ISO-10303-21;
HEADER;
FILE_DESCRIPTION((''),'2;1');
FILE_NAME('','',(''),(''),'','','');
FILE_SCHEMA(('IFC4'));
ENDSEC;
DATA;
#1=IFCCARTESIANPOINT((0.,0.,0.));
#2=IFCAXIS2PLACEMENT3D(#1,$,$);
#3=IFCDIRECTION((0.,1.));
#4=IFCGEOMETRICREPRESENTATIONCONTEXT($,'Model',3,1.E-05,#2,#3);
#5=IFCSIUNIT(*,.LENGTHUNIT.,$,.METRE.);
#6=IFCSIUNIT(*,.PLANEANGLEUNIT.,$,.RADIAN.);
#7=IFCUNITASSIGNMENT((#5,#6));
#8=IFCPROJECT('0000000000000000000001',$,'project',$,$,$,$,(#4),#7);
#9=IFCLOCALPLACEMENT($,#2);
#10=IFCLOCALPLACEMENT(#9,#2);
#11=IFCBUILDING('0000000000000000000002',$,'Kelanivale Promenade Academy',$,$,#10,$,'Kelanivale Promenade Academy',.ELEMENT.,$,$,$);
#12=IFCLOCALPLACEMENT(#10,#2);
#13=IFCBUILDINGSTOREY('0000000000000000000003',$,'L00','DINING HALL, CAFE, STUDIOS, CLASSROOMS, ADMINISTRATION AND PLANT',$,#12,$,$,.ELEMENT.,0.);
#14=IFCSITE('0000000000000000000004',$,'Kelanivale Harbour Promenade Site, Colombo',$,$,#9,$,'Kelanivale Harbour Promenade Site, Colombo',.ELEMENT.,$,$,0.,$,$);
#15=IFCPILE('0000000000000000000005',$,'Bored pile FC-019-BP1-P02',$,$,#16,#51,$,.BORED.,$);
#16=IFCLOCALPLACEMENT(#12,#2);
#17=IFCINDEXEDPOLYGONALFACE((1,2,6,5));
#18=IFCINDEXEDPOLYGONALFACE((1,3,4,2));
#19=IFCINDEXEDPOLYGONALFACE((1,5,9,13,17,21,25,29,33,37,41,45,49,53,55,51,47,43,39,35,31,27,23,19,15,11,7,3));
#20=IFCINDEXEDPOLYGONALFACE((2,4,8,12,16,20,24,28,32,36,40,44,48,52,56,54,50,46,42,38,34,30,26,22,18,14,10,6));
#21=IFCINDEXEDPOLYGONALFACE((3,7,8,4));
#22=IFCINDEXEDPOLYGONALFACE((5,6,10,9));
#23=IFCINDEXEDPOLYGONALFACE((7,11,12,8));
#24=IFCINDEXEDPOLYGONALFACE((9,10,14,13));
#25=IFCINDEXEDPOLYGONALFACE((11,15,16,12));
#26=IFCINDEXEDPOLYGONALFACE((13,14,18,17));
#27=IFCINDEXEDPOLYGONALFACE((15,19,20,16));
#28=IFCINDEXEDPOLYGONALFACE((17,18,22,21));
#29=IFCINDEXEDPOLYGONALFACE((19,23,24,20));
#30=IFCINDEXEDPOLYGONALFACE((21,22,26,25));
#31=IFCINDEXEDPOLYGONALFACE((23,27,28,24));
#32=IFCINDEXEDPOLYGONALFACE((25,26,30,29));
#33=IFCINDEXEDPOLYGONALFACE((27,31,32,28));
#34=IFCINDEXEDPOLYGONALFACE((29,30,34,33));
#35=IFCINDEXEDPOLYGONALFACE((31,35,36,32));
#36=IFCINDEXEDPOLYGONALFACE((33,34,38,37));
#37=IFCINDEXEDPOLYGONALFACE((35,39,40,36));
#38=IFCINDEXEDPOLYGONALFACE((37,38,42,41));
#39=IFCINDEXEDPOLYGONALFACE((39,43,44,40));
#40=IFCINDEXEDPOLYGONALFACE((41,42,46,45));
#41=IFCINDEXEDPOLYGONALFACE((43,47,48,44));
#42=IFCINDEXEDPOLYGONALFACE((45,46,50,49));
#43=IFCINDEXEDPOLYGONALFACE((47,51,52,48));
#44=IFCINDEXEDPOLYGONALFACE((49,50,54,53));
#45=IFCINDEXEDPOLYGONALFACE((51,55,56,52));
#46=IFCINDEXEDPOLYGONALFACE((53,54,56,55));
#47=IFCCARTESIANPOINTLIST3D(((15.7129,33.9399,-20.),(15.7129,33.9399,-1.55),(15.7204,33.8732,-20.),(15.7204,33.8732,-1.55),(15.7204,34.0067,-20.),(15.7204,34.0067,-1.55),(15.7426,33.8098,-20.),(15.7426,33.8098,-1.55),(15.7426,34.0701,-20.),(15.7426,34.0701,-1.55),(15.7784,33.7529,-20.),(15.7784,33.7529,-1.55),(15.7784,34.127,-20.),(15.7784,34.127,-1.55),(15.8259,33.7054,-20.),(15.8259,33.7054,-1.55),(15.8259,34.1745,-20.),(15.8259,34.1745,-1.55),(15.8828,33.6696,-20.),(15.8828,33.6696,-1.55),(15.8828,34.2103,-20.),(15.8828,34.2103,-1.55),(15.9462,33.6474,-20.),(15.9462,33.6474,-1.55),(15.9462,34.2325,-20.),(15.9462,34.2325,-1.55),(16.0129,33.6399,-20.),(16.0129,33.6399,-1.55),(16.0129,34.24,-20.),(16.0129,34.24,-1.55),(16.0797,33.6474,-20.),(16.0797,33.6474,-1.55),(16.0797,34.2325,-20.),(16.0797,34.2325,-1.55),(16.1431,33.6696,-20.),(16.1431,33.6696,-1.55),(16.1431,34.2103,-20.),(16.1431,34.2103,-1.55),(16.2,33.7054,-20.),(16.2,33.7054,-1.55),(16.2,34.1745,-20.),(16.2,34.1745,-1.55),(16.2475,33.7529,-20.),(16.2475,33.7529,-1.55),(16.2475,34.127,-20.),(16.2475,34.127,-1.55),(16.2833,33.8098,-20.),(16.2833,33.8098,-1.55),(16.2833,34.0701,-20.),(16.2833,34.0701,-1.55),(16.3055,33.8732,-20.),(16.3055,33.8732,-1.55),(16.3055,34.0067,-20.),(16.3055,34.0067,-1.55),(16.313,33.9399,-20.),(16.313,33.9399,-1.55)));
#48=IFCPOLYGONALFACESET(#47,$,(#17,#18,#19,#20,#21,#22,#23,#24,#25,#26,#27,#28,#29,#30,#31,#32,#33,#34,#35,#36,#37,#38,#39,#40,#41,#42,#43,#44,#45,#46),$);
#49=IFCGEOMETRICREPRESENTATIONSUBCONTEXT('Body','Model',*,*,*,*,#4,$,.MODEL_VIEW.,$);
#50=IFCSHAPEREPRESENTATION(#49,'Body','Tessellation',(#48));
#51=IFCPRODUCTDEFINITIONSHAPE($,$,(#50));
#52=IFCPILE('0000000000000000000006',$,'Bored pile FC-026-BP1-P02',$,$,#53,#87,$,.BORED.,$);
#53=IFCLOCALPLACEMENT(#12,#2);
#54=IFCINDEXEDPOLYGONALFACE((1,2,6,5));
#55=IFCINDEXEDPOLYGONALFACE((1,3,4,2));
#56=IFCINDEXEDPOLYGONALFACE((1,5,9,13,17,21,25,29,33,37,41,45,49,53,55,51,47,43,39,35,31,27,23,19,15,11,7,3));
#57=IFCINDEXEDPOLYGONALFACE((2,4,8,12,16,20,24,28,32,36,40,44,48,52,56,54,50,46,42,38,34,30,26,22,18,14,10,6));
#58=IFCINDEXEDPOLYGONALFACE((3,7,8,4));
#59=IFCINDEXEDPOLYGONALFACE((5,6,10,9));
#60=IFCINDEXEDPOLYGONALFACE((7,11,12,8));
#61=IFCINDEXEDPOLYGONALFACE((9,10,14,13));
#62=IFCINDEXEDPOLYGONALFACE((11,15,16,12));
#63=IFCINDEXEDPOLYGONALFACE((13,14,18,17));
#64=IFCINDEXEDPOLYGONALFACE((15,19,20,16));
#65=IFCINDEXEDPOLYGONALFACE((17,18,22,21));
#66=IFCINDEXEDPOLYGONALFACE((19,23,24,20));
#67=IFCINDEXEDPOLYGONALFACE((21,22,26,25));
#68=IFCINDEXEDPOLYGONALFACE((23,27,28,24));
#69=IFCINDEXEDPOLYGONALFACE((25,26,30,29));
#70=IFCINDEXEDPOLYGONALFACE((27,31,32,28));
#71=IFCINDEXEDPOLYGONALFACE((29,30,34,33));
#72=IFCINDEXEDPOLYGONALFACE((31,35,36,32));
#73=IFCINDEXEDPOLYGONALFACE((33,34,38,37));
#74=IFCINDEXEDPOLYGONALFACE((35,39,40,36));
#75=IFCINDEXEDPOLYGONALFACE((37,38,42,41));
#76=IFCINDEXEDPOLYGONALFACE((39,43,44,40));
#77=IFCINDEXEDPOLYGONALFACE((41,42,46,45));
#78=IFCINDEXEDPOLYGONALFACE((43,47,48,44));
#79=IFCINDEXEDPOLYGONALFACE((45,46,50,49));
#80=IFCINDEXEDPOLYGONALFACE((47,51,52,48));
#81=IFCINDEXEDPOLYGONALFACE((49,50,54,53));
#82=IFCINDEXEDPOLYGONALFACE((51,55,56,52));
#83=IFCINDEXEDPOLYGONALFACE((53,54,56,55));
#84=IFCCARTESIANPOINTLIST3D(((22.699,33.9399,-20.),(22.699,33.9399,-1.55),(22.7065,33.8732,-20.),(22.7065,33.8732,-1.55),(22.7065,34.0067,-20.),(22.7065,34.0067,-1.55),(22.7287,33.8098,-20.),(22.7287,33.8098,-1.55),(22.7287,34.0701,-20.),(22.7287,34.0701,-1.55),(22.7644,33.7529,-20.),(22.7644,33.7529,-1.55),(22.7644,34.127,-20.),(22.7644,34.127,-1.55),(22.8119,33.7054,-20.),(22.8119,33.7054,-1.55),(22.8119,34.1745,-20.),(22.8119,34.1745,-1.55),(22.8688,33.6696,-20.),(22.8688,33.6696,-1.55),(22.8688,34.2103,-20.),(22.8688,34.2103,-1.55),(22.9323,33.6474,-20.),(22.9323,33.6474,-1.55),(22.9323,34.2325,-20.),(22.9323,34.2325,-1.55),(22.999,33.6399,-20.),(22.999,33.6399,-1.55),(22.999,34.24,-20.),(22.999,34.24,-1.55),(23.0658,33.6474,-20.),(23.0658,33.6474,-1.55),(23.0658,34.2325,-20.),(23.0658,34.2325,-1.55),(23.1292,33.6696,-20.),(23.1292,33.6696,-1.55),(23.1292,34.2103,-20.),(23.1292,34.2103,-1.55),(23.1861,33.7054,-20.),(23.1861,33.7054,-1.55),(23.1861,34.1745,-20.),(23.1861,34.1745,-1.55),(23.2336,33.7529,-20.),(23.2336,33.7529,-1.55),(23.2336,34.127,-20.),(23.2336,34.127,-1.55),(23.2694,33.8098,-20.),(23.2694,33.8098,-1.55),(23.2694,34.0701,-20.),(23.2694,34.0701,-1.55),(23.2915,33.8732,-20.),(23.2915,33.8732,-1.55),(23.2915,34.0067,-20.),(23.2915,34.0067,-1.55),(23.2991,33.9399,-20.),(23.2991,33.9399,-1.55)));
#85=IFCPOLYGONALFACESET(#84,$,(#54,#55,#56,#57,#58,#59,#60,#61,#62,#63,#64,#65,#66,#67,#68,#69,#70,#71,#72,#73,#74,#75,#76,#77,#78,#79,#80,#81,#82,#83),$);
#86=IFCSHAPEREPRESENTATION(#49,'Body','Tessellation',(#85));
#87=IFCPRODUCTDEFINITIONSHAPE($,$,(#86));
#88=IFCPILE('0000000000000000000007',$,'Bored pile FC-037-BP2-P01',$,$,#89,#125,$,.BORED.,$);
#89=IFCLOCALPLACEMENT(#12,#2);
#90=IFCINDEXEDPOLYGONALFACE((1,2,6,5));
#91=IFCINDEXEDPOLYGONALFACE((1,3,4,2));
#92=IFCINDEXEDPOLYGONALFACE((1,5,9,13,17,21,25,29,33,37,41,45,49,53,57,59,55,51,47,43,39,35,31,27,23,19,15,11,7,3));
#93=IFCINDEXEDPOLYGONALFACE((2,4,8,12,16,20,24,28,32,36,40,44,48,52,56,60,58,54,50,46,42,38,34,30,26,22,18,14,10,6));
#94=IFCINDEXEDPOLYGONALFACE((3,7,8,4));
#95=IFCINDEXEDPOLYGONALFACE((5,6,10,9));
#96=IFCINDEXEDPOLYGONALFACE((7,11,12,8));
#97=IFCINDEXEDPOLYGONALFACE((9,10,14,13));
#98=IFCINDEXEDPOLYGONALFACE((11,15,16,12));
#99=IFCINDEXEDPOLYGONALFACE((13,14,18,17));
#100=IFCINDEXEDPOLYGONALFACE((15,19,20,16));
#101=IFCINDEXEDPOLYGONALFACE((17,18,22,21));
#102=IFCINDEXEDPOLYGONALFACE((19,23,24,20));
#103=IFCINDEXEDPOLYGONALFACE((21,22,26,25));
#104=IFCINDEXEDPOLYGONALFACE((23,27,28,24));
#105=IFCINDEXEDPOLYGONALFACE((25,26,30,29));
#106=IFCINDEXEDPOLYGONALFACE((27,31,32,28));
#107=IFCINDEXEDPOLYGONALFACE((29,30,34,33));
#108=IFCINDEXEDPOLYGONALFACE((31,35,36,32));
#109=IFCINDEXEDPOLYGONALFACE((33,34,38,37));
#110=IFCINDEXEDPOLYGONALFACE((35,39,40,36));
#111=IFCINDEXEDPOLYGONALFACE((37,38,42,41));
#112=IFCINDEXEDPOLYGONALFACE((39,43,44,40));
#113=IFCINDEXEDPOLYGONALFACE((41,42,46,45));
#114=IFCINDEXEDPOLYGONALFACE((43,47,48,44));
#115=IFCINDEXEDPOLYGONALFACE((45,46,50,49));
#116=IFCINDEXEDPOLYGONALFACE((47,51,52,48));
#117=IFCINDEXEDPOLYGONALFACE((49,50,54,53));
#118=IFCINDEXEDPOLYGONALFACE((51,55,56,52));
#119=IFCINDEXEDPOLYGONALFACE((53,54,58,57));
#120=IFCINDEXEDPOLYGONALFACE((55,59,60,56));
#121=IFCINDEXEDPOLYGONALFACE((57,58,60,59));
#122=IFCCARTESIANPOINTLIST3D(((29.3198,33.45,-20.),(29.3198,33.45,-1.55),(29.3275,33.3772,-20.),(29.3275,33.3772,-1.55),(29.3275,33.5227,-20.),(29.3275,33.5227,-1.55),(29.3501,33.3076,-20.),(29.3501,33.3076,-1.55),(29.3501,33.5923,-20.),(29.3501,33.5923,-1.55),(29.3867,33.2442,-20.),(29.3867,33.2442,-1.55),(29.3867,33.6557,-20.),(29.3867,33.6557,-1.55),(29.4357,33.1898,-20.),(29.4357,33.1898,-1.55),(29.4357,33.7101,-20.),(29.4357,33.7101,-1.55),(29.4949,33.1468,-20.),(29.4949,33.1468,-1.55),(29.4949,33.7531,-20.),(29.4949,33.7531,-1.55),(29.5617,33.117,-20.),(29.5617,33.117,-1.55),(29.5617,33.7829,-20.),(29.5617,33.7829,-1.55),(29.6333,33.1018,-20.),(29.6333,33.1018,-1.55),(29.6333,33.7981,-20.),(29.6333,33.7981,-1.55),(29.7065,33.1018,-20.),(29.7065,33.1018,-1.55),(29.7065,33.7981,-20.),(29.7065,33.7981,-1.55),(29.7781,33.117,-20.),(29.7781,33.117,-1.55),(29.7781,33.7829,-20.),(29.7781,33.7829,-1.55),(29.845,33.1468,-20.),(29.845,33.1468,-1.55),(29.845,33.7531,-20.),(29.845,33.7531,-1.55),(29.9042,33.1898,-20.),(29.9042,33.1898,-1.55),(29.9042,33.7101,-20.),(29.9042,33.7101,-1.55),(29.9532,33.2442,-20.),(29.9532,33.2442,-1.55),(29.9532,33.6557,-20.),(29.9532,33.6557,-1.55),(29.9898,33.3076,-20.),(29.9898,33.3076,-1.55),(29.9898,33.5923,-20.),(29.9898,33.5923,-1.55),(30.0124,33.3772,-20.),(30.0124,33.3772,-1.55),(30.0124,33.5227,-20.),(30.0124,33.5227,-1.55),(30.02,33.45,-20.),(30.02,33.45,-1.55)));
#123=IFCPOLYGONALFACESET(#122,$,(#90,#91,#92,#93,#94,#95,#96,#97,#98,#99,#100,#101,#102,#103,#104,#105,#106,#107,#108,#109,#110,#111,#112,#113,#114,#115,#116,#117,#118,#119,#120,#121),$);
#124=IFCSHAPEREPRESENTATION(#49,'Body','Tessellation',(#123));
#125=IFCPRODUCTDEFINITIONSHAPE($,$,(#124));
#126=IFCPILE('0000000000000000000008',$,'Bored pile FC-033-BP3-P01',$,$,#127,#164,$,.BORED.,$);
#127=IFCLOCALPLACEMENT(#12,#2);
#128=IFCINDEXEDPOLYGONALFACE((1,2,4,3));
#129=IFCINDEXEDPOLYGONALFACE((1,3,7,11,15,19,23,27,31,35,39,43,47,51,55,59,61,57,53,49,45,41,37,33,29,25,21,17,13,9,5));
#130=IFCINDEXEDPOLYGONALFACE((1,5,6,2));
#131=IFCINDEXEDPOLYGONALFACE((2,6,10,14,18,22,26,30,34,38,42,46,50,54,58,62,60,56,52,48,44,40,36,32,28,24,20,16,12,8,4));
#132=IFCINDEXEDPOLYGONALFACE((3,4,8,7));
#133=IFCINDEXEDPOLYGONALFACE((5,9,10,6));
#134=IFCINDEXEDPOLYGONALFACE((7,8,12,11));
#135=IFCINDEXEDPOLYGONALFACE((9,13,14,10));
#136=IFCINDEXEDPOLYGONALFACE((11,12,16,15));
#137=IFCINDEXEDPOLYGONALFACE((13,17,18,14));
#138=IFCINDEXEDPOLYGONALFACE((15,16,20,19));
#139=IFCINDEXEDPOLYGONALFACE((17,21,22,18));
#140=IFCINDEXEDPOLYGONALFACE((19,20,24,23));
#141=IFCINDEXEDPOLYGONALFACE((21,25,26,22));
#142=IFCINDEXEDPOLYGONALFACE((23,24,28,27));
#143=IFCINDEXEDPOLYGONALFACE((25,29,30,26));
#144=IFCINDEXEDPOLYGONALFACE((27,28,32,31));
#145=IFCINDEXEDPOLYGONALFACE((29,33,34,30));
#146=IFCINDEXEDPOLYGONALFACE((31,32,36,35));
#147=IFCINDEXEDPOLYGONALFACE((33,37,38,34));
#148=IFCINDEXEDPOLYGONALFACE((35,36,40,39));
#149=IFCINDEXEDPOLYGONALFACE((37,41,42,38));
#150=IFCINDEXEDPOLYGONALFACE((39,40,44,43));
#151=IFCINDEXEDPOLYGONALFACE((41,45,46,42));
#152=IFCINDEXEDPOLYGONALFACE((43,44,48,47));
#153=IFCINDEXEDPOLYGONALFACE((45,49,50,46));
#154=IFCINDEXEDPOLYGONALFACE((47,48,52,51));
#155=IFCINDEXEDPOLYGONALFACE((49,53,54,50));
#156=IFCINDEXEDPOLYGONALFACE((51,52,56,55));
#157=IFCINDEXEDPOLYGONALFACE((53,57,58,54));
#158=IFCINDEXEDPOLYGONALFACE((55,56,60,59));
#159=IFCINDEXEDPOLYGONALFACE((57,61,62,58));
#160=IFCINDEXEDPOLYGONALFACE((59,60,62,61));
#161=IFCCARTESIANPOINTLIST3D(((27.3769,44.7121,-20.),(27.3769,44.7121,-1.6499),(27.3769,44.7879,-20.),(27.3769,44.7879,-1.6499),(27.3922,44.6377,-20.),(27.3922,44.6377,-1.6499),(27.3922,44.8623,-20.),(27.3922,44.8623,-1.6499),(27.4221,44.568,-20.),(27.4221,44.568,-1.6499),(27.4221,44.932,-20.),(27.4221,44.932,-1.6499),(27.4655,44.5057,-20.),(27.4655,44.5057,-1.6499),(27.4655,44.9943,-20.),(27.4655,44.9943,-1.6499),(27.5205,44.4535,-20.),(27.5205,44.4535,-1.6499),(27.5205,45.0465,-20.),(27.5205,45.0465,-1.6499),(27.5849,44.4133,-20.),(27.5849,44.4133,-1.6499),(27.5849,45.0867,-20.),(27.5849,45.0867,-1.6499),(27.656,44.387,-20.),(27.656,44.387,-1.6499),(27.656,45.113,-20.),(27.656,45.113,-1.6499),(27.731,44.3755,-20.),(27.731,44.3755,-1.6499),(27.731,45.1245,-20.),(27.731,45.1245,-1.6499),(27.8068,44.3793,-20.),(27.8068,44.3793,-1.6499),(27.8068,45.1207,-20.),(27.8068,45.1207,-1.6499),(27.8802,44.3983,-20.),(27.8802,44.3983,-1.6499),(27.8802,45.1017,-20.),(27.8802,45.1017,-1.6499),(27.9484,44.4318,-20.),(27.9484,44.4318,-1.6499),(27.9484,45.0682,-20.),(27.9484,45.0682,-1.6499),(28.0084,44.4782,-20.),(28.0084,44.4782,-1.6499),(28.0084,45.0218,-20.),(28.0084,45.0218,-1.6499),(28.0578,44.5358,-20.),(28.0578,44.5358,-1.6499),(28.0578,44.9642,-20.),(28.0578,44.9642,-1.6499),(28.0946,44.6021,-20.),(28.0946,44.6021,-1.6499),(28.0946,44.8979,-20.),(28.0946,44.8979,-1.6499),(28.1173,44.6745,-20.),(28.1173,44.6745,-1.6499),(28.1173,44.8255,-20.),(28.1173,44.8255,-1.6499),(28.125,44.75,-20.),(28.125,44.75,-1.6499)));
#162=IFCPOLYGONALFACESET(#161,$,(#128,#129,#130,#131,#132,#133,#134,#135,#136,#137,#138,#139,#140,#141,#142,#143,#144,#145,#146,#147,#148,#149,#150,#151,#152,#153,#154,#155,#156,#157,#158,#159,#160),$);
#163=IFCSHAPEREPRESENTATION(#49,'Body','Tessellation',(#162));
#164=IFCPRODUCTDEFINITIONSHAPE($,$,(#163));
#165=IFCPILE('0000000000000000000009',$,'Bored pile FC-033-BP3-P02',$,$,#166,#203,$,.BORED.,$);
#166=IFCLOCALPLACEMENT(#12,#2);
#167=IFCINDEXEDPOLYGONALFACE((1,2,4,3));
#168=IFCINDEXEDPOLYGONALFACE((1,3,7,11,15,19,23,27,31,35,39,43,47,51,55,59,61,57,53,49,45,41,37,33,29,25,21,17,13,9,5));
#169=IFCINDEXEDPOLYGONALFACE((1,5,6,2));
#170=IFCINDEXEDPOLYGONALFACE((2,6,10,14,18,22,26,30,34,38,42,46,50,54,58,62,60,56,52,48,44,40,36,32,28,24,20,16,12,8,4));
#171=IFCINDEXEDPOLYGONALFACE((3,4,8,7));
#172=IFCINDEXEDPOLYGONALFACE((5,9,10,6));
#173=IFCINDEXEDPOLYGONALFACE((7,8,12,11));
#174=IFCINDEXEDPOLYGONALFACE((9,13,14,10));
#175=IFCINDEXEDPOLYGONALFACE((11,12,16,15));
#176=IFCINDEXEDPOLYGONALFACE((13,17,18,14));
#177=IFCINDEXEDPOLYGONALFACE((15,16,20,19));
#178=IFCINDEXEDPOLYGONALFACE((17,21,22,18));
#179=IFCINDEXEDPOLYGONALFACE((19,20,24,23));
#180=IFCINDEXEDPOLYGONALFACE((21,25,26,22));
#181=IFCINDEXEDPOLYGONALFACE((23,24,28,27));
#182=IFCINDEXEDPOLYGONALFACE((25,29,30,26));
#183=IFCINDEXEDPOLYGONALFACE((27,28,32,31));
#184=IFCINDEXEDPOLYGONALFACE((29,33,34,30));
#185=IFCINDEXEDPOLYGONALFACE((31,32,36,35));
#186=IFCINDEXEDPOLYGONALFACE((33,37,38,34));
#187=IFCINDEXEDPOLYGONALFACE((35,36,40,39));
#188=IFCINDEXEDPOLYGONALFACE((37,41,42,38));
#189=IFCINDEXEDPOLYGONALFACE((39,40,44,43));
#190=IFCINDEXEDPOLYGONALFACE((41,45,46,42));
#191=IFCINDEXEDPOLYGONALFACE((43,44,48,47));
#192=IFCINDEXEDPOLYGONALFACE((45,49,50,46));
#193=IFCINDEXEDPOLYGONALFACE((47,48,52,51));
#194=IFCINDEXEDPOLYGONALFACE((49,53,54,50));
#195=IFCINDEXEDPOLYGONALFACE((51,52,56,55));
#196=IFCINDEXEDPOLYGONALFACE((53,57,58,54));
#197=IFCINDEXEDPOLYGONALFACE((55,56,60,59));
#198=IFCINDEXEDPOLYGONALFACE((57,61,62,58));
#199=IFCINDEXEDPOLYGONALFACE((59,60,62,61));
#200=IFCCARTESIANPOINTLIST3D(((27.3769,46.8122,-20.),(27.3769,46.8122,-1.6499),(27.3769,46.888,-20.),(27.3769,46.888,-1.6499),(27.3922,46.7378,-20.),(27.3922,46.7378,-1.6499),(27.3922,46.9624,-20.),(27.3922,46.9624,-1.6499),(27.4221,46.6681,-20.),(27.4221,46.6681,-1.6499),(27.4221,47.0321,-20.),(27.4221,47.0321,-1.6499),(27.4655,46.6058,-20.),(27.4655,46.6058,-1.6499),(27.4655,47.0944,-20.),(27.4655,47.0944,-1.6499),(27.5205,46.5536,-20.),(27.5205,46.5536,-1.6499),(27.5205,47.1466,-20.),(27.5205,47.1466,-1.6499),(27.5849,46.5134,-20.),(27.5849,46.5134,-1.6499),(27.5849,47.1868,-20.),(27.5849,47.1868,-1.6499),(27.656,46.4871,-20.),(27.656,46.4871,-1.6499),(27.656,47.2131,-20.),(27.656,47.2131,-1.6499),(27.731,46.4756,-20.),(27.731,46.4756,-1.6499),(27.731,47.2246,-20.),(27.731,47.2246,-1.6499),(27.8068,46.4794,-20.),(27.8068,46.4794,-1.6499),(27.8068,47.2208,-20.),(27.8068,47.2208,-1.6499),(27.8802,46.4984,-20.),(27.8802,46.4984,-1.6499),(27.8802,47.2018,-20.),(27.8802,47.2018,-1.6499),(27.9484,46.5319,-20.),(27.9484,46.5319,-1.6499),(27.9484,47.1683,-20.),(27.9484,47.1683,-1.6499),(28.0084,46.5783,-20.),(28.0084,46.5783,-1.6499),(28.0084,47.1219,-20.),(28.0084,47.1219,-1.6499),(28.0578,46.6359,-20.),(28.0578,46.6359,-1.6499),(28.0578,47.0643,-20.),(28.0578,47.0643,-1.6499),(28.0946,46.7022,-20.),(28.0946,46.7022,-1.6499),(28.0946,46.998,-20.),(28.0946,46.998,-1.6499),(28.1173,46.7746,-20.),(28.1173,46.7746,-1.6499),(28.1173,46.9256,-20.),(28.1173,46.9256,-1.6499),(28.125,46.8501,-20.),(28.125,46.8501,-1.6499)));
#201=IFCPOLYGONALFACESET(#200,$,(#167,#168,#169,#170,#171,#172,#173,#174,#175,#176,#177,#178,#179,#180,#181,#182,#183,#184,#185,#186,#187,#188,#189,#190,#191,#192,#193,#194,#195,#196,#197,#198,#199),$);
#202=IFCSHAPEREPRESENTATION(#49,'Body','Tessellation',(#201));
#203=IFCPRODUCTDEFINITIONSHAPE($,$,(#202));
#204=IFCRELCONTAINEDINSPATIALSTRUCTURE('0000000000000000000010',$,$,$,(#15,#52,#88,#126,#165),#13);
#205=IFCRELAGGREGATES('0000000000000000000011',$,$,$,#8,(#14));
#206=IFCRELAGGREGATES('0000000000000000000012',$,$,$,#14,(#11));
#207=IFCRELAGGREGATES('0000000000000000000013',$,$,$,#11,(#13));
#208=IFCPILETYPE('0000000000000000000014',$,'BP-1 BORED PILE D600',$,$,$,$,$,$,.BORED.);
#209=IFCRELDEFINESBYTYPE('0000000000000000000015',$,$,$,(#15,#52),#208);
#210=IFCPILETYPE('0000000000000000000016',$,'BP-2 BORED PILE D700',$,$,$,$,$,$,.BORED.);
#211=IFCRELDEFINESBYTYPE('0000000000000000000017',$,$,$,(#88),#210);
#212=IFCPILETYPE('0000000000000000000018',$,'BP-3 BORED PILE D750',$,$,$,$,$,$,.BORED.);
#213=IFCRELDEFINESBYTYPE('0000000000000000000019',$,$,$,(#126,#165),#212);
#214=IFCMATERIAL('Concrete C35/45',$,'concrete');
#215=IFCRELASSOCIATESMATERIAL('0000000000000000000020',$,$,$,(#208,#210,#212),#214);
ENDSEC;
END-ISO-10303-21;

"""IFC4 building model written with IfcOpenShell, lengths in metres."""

from ifc_helpers import new_model, si_unit, direction, frame, origin, origin_2d, place, context, subcontext, project, spatial, circle, extrude, material, material_profile, profile_set, type_object, element, save


model = new_model("IFC4")

# Units and contexts
model_context = context("Model", 3, precision=1e-05, world=origin(), true_north=direction((0.0, 1.0)))
body_context = subcontext(model_context, "Body", "Model", "MODEL_VIEW")
ifc_project = project(units=[si_unit("LENGTHUNIT", "METRE"), si_unit("PLANEANGLEUNIT", "RADIAN")], contexts=[model_context])

# Site, building, storey
site_placement = place(None, origin())
site = spatial("IfcSite", under=ifc_project, at=site_placement, Name="Kelanivale Harbour Promenade Site, Colombo", LongName="Kelanivale Harbour Promenade Site, Colombo", CompositionType="ELEMENT", RefElevation=0.0)
building_placement = place(site_placement, origin())
building = spatial("IfcBuilding", under=site, at=building_placement, Name="Kelanivale Promenade Academy", LongName="Kelanivale Promenade Academy", CompositionType="ELEMENT")
storey_placement = place(building_placement, origin())
storey = spatial("IfcBuildingStorey", under=building, at=storey_placement, Name="L00", Description="DINING HALL, CAFE, STUDIOS, CLASSROOMS, ADMINISTRATION AND PLANT", CompositionType="ELEMENT", Elevation=0.0)

# Piles
ifc_material_1 = material(Name="Concrete C35/45", Category="concrete")
ifc_material_profile_1 = material_profile(ifc_material_1, circle(Radius=0.3, at=origin_2d()), Name="BORED PILE D600")
ifc_profile_set_1 = profile_set([ifc_material_profile_1], Name="Concrete C35/45")
pile_type_1 = type_object("IfcPileType", Name="BP-1 BORED PILE D600", PredefinedType="BORED", material=ifc_profile_set_1)
for number, where, z_axis, x_axis, name in (
    (1, (16.0129, 33.9399, -1.55), (0.0, 0.0, -1.0), (1.0, 0.0, 0.0), "Bored pile FC-019-BP1-P02"),
    (2, (22.999, 33.9399, -1.55), (0.0, 0.0, -1.0), (1.0, 0.0, 0.0), "Bored pile FC-026-BP1-P02"),
):
    element("IfcPile", number, at=place(storey_placement, frame(where, z_axis=z_axis, x_axis=x_axis)), inside=storey, type_object=pile_type_1, Name=name, PredefinedType="BORED", context=body_context, shape_type="SweptSolid", body=[
        extrude(circle(Radius=0.3, at=origin_2d()), origin(), (0.0, 0.0, 1.0), 18.45),
    ])
ifc_material_profile_2 = material_profile(ifc_material_1, circle(Radius=0.3501, at=origin_2d()), Name="BORED PILE D700")
ifc_profile_set_2 = profile_set([ifc_material_profile_2], Name="Concrete C35/45")
pile_type_2 = type_object("IfcPileType", Name="BP-2 BORED PILE D700", PredefinedType="BORED", material=ifc_profile_set_2)
pile_placement = place(storey_placement, frame((29.6699, 33.45, -1.55), z_axis=(0.0, 0.0, -1.0), x_axis=(1.0, 0.0, 0.0)))
element("IfcPile", 3, at=pile_placement, inside=storey, type_object=pile_type_2, Name="Bored pile FC-037-BP2-P01", PredefinedType="BORED", context=body_context, shape_type="SweptSolid", body=[
    extrude(circle(Radius=0.3501, at=origin_2d()), origin(), (0.0, 0.0, 1.0), 18.45),
])
ifc_material_profile_3 = material_profile(ifc_material_1, circle(Radius=0.375, at=origin_2d()), Name="BORED PILE D750")
ifc_profile_set_3 = profile_set([ifc_material_profile_3], Name="Concrete C35/45")
pile_type_3 = type_object("IfcPileType", Name="BP-3 BORED PILE D750", PredefinedType="BORED", material=ifc_profile_set_3)
for number, where, z_axis, x_axis, name in (
    (4, (27.75, 44.75, -1.6499), (0.0, 0.0, -1.0), (1.0, 0.0, 0.0), "Bored pile FC-033-BP3-P01"),
    (5, (27.75, 46.8501, -1.6499), (0.0, 0.0, -1.0), (1.0, 0.0, 0.0), "Bored pile FC-033-BP3-P02"),
):
    element("IfcPile", number, at=place(storey_placement, frame(where, z_axis=z_axis, x_axis=x_axis)), inside=storey, type_object=pile_type_3, Name=name, PredefinedType="BORED", context=body_context, shape_type="SweptSolid", body=[
        extrude(circle(Radius=0.375, at=origin_2d()), origin(), (0.0, 0.0, 1.0), 18.3501),
    ])

save(model, "model.ifc")
